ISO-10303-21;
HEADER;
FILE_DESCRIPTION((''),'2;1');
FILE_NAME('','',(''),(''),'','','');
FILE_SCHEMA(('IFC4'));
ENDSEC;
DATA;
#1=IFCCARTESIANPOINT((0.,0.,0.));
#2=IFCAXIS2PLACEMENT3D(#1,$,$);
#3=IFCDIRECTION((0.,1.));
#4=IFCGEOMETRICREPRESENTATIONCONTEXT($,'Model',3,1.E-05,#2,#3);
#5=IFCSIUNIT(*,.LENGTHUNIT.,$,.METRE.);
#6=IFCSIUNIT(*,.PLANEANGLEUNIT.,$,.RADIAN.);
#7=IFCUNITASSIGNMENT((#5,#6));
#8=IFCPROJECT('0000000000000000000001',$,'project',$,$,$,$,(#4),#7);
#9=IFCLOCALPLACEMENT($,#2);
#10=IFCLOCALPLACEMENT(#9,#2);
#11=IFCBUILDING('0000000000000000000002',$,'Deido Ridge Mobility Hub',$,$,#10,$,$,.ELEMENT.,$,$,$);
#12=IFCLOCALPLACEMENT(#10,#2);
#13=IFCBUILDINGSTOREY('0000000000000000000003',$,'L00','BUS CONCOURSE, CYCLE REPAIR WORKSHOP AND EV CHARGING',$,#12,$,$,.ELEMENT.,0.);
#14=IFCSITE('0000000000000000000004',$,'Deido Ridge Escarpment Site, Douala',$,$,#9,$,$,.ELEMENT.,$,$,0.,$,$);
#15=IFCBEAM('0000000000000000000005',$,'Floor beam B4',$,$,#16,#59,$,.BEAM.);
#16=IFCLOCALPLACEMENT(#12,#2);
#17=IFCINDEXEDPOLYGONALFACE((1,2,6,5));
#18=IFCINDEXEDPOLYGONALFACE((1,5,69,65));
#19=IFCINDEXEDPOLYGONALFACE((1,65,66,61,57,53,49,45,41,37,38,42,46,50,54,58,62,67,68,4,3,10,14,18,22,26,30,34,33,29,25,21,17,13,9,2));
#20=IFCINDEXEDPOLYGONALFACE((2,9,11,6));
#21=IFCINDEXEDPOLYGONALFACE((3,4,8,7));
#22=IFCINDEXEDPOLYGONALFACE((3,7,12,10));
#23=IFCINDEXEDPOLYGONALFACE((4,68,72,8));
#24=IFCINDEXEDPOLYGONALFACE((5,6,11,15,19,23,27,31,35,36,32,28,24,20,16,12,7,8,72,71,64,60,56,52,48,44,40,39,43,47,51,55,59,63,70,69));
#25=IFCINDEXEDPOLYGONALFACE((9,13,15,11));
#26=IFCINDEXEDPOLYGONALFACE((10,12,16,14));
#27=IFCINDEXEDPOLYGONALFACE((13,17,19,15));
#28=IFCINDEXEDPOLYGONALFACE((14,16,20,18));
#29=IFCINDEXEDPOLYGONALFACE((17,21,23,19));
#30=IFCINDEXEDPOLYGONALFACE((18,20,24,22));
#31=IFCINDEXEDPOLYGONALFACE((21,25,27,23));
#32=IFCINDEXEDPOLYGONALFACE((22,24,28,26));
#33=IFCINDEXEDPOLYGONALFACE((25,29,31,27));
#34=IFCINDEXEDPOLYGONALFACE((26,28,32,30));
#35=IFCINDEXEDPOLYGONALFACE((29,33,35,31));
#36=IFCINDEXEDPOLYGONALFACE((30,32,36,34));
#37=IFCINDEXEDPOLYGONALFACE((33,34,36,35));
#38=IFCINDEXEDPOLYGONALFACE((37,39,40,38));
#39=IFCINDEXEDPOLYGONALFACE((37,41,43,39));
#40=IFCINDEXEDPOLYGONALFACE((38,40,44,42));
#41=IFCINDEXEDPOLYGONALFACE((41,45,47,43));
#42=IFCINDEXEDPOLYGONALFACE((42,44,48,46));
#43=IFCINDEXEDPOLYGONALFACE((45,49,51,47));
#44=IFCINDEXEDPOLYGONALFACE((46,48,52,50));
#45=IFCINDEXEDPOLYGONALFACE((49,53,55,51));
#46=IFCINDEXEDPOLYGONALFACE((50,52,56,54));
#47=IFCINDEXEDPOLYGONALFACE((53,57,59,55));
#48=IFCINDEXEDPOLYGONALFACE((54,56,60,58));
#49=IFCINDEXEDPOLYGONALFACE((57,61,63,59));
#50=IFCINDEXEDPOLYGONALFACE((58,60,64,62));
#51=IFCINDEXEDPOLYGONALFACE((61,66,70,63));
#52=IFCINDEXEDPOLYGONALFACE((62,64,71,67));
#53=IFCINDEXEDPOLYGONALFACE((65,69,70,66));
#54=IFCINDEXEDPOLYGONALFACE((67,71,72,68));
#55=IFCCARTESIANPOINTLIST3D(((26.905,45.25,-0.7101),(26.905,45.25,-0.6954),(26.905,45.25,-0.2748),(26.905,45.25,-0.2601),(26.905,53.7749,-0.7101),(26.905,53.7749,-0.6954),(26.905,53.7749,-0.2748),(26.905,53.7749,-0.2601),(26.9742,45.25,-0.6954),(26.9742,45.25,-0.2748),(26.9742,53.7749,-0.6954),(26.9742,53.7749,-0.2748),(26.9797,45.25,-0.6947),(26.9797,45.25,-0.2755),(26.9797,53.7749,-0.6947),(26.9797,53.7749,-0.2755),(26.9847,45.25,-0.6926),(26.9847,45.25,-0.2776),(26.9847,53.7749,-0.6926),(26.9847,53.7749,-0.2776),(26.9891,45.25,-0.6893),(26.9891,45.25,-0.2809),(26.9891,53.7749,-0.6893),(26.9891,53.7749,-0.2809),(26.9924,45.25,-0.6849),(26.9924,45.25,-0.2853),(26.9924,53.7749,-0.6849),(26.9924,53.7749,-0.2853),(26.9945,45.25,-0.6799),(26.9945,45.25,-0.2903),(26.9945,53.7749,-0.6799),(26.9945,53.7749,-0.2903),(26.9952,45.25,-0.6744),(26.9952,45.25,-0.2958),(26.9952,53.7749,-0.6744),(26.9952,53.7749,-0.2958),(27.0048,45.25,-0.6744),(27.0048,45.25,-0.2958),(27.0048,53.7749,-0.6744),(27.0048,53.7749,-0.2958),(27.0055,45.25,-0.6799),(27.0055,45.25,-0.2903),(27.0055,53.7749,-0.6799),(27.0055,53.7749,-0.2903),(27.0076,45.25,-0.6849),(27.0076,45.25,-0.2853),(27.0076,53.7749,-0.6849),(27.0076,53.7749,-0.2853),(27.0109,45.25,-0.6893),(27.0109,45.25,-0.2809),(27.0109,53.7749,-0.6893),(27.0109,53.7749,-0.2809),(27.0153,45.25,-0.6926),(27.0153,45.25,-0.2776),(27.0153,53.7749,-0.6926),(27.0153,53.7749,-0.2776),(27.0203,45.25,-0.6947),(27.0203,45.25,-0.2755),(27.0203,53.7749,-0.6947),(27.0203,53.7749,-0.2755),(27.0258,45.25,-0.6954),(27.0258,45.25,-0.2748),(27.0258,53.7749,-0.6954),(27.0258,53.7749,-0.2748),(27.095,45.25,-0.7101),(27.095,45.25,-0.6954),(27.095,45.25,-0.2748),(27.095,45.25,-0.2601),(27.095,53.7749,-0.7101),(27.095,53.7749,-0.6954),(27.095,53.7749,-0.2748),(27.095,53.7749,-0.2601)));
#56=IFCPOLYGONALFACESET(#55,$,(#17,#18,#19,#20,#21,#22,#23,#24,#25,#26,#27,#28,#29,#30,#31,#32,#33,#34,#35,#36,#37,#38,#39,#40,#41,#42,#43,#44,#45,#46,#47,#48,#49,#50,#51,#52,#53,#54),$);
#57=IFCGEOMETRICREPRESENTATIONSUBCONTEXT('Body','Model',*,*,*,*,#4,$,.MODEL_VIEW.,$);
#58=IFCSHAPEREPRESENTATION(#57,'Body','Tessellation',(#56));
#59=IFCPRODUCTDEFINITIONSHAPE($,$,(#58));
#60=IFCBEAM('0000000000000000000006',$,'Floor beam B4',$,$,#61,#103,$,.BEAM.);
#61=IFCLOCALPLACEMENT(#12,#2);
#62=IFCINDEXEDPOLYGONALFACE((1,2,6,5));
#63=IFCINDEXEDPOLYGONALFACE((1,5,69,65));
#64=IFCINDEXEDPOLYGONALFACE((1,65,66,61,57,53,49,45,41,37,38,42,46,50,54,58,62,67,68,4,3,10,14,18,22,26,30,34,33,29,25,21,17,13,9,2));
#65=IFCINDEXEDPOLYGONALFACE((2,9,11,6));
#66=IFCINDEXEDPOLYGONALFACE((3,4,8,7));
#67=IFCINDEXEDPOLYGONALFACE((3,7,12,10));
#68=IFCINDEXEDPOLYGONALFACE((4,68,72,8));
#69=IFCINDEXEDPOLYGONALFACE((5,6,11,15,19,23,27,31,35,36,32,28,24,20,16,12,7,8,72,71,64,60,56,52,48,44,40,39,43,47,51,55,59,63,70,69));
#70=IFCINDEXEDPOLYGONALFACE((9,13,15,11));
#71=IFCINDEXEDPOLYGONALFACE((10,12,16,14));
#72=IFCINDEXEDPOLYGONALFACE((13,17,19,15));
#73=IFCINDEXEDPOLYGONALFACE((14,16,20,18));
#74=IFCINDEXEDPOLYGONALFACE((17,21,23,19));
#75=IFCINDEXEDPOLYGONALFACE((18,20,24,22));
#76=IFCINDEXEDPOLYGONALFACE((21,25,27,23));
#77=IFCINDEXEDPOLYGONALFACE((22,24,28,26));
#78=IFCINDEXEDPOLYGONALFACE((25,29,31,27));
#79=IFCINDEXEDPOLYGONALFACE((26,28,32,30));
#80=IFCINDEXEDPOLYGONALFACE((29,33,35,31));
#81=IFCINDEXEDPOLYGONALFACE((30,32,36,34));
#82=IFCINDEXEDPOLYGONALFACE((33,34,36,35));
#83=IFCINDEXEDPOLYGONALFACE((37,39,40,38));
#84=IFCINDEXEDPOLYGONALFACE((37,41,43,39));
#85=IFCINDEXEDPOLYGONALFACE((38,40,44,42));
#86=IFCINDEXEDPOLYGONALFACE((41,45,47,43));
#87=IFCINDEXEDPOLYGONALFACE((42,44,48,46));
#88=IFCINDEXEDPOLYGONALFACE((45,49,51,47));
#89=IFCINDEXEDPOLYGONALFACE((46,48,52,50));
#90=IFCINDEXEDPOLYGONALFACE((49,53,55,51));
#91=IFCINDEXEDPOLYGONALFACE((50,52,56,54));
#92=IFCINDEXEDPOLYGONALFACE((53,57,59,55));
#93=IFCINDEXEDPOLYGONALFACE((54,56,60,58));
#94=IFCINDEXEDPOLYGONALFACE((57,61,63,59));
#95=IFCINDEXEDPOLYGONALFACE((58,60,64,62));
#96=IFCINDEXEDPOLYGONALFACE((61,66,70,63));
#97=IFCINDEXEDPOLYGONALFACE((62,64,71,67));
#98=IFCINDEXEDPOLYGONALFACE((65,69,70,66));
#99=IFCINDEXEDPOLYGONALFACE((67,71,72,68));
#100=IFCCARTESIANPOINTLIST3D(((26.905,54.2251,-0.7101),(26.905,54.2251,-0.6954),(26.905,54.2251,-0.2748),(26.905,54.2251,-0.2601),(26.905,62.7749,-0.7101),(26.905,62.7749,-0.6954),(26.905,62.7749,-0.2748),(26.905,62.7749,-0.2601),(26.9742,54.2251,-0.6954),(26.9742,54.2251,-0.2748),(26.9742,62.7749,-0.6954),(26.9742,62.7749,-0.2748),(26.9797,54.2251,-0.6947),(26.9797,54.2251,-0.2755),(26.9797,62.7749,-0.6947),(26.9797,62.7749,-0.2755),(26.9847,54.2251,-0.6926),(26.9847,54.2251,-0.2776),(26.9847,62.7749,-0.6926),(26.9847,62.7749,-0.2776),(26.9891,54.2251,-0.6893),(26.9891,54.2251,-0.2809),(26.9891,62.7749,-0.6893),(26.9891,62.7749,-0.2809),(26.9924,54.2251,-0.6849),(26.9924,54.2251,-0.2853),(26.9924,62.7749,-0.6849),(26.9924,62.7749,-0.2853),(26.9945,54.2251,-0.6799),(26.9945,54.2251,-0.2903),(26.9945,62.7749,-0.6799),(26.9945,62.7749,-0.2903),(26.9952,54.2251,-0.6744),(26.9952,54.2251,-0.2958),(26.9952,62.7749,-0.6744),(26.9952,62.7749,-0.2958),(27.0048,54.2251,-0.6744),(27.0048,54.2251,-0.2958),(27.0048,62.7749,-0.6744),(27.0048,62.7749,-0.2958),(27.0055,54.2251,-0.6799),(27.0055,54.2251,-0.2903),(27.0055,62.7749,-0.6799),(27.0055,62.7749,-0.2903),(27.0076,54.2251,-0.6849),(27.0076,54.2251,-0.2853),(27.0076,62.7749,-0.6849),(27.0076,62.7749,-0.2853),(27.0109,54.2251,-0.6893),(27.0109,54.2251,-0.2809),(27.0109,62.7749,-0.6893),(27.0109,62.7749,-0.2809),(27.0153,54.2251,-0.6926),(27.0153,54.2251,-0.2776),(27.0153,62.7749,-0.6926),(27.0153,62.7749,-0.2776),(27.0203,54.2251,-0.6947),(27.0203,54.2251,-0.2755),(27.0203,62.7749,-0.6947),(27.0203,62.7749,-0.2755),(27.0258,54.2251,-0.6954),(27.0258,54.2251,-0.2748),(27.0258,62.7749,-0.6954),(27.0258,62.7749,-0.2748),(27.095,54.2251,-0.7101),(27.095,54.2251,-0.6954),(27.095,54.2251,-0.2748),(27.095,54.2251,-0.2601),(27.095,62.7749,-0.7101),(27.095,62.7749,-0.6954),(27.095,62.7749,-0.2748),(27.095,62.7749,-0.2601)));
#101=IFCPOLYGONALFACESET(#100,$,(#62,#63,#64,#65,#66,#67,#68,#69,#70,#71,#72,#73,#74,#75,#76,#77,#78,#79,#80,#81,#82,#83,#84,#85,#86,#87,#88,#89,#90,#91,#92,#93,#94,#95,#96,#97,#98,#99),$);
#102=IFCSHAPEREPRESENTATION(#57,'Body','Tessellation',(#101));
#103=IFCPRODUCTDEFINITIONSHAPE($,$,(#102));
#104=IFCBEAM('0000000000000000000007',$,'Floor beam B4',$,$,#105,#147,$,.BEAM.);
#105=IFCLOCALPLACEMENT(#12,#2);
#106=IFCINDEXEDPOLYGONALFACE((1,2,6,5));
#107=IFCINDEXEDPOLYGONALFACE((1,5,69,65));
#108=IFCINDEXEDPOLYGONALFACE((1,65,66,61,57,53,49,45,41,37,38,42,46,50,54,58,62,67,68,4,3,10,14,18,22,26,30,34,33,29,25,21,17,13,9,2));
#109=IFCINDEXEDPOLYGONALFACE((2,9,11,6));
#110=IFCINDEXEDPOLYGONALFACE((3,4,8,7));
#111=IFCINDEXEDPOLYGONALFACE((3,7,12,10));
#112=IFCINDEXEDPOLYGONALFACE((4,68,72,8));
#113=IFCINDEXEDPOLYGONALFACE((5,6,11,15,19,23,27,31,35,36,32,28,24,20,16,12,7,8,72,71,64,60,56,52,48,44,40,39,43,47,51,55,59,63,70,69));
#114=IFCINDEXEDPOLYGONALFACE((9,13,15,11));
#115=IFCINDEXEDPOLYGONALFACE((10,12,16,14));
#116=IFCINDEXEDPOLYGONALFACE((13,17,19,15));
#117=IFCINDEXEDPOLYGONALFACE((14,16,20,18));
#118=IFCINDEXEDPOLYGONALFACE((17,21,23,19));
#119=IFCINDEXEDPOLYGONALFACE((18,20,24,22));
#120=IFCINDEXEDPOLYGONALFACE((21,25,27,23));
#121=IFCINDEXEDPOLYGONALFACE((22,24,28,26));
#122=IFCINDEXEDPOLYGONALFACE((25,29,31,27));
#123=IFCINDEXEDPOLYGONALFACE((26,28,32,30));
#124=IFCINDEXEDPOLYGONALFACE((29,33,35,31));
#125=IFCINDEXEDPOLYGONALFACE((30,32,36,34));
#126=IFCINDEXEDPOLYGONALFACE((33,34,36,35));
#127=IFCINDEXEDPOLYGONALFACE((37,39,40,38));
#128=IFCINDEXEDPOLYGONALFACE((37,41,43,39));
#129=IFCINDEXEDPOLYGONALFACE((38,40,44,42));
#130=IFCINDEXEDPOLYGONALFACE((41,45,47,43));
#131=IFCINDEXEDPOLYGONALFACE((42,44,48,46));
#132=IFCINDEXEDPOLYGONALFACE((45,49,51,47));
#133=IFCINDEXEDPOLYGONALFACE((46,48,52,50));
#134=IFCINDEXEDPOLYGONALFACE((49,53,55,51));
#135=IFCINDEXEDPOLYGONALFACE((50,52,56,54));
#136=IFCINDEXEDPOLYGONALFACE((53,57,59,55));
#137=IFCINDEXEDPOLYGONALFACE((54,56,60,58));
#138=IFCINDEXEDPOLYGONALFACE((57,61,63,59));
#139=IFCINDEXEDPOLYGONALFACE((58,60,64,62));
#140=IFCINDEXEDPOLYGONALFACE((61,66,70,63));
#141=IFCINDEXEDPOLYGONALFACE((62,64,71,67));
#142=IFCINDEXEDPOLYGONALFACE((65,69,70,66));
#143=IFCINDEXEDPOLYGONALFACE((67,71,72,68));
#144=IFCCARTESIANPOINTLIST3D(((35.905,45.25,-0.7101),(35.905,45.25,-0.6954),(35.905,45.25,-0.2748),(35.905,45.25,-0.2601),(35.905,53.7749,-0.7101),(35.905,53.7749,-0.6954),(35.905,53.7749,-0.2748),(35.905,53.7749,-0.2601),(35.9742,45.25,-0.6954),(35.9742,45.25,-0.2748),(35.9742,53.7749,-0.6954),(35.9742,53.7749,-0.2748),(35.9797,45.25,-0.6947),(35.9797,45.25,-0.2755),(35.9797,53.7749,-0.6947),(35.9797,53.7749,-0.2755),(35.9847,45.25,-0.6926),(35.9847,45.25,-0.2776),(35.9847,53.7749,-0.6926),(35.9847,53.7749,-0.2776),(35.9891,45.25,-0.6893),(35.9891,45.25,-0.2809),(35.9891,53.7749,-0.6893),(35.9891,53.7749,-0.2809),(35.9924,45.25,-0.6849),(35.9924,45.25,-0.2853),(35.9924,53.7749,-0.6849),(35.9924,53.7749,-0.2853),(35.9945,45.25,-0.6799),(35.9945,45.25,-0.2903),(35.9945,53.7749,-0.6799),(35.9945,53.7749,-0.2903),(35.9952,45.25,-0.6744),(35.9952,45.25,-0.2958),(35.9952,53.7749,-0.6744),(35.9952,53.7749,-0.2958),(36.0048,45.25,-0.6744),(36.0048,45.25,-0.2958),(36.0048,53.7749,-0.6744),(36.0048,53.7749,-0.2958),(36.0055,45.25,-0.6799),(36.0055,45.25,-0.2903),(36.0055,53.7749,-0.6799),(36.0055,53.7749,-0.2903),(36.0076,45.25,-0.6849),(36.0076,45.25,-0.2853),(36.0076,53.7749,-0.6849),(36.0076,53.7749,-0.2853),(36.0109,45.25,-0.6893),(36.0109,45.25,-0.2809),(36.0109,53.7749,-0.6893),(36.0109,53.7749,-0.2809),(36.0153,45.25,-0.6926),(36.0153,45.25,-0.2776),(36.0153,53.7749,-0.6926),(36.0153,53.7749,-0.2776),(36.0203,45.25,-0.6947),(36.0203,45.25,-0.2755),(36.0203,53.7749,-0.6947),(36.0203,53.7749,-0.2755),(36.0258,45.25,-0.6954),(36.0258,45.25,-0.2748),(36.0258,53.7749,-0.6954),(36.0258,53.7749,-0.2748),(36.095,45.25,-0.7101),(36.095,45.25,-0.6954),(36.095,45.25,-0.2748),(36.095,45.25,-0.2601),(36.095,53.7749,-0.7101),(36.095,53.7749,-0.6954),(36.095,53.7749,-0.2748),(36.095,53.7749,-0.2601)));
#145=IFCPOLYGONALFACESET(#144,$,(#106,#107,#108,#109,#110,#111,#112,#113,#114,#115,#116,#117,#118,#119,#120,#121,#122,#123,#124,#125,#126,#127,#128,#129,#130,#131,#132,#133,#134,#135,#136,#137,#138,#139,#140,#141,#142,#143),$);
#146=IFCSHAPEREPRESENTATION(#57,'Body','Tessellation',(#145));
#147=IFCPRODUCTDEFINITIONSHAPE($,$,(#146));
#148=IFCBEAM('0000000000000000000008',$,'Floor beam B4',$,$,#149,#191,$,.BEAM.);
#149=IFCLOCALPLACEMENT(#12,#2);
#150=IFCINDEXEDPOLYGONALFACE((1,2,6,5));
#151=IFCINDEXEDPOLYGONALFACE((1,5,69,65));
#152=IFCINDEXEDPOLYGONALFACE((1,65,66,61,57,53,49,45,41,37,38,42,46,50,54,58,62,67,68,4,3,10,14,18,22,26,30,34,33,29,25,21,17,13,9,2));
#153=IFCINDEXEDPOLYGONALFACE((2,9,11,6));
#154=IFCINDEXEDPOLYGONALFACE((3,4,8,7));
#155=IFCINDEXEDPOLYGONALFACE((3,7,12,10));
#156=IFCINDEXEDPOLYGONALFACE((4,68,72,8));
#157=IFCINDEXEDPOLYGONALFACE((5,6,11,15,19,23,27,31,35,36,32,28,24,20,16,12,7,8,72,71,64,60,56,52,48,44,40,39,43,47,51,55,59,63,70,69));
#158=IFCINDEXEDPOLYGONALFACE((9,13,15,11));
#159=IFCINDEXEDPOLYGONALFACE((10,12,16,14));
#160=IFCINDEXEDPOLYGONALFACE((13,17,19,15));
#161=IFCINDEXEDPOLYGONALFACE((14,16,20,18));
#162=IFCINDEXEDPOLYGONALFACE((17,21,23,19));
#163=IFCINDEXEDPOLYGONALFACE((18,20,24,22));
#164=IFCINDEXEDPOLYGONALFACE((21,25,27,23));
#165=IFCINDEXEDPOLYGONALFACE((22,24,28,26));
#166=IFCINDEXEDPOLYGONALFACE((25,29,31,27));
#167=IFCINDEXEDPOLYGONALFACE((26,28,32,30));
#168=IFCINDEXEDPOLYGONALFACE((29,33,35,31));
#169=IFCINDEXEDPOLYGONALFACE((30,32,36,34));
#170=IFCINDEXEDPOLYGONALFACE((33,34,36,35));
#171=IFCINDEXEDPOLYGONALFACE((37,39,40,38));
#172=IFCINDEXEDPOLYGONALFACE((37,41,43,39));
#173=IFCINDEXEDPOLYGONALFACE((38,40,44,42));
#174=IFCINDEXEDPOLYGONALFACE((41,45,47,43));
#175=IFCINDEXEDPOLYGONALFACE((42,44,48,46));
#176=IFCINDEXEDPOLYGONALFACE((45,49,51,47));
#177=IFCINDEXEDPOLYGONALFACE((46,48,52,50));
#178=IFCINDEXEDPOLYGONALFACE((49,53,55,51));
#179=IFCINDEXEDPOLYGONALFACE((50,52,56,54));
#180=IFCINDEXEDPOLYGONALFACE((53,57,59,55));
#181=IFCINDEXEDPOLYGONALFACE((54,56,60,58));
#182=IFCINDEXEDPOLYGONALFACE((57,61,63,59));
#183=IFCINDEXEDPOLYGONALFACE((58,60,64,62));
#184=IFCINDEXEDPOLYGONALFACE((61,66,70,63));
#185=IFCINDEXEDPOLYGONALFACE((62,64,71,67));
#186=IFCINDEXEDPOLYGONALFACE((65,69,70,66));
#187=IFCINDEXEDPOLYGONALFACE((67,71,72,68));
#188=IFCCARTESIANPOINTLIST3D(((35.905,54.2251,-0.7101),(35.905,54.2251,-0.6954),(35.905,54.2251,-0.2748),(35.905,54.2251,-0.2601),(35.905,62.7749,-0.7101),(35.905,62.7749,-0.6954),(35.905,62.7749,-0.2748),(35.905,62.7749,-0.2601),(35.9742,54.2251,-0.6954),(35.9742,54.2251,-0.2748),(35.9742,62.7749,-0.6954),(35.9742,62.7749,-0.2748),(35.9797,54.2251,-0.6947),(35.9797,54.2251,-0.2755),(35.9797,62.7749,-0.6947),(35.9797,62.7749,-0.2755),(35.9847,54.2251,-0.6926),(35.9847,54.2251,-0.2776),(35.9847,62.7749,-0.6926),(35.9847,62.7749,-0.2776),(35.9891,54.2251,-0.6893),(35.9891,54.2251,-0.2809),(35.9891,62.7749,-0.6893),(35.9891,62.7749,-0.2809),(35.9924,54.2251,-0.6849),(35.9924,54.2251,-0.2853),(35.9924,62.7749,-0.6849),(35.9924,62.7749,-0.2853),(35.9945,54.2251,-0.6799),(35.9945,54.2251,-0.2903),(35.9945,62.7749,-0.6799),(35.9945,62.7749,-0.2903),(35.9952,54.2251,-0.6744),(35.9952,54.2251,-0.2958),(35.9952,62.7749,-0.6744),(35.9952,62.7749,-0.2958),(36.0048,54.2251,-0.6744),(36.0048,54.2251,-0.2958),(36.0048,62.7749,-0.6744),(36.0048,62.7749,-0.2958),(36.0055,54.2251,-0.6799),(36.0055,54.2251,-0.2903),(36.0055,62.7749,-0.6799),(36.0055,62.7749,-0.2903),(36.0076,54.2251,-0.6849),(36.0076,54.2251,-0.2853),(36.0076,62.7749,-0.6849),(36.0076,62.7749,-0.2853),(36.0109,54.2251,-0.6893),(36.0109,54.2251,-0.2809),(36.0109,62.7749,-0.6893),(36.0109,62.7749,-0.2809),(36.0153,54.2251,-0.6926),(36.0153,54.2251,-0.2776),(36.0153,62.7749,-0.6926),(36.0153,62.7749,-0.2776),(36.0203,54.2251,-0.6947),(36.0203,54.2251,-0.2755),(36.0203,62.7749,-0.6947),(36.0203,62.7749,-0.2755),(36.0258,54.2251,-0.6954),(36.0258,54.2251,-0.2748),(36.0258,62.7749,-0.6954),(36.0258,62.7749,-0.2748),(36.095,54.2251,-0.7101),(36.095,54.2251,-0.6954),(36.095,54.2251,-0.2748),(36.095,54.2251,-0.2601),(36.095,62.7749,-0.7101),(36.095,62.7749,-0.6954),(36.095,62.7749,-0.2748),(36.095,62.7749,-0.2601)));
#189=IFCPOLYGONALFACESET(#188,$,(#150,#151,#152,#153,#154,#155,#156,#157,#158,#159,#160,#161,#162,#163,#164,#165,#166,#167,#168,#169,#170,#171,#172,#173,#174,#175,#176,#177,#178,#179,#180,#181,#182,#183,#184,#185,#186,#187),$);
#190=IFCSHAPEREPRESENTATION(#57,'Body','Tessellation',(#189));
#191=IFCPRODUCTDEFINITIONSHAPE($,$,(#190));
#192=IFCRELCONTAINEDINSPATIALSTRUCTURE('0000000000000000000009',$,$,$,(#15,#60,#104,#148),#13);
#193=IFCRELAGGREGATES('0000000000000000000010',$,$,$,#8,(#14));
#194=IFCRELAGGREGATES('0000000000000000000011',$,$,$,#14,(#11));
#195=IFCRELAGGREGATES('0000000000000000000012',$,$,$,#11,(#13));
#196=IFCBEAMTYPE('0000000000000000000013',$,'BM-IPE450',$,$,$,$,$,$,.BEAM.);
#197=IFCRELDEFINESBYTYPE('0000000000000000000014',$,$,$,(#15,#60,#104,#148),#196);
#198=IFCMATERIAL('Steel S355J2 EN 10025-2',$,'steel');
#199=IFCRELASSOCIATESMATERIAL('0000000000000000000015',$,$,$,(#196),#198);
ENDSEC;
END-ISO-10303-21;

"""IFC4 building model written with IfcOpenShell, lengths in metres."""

from ifc_helpers import new_model, si_unit, direction, frame, origin, origin_2d, place, context, subcontext, project, spatial, i_section, extrude, material, material_profile, profile_set, type_object, element, save


model = new_model("IFC4")

# Units and contexts
model_context = context("Model", 3, precision=1e-05, world=origin(), true_north=direction((0.0, 1.0)))
body_context = subcontext(model_context, "Body", "Model", "MODEL_VIEW")
ifc_project = project(units=[si_unit("LENGTHUNIT", "METRE"), si_unit("PLANEANGLEUNIT", "RADIAN")], contexts=[model_context])

# Site, building, storey
site_placement = place(None, origin())
site = spatial("IfcSite", under=ifc_project, at=site_placement, Name="Deido Ridge Escarpment Site, Douala", CompositionType="ELEMENT", RefElevation=0.0)
building_placement = place(site_placement, origin())
building = spatial("IfcBuilding", under=site, at=building_placement, Name="Deido Ridge Mobility Hub", CompositionType="ELEMENT")
storey_placement = place(building_placement, origin())
storey = spatial("IfcBuildingStorey", under=building, at=storey_placement, Name="L00", Description="BUS CONCOURSE, CYCLE REPAIR WORKSHOP AND EV CHARGING", CompositionType="ELEMENT", Elevation=0.0)

# Shared definitions
ifc_material_1 = material(Name="Steel S355J2 EN 10025-2", Category="steel")

# Beams
ifc_material_profile_1 = material_profile(ifc_material_1, i_section(OverallWidth=0.1899, OverallDepth=0.45, WebThickness=0.0095, FlangeThickness=0.0146, FilletRadius=0.021, at=origin_2d()), Name="IPE 450")
ifc_profile_set_1 = profile_set([ifc_material_profile_1], Name="Steel S355J2 EN 10025-2")
beam_type_1 = type_object("IfcBeamType", Name="BM-IPE450", PredefinedType="BEAM", material=ifc_profile_set_1)
beam_1_placement = place(storey_placement, frame((27.0, 45.25, -0.4851), z_axis=(0.0, 1.0, 0.0), x_axis=(-1.0, 0.0, 0.0)))
element("IfcBeam", 1, at=beam_1_placement, inside=storey, type_object=beam_type_1, Name="Floor beam B4", PredefinedType="BEAM", context=body_context, shape_type="SweptSolid", body=[
    extrude(i_section(OverallWidth=0.1899, OverallDepth=0.45, WebThickness=0.0095, FlangeThickness=0.0146, FilletRadius=0.021, at=origin_2d()), origin(), (0.0, 0.0, 1.0), 8.5249),
])
beam_2_placement = place(storey_placement, frame((27.0, 54.2251, -0.4851), z_axis=(0.0, 1.0, 0.0), x_axis=(-1.0, 0.0, 0.0)))
element("IfcBeam", 2, at=beam_2_placement, inside=storey, type_object=beam_type_1, Name="Floor beam B4", PredefinedType="BEAM", context=body_context, shape_type="SweptSolid", body=[
    extrude(i_section(OverallWidth=0.1899, OverallDepth=0.45, WebThickness=0.0095, FlangeThickness=0.0146, FilletRadius=0.021, at=origin_2d()), origin(), (0.0, 0.0, 1.0), 8.5498),
])
beam_3_placement = place(storey_placement, frame((36.0, 45.25, -0.4851), z_axis=(0.0, 1.0, 0.0), x_axis=(-1.0, 0.0, 0.0)))
element("IfcBeam", 3, at=beam_3_placement, inside=storey, type_object=beam_type_1, Name="Floor beam B4", PredefinedType="BEAM", context=body_context, shape_type="SweptSolid", body=[
    extrude(i_section(OverallWidth=0.1899, OverallDepth=0.45, WebThickness=0.0095, FlangeThickness=0.0146, FilletRadius=0.021, at=origin_2d()), origin(), (0.0, 0.0, 1.0), 8.5249),
])
beam_4_placement = place(storey_placement, frame((36.0, 54.2251, -0.4851), z_axis=(0.0, 1.0, 0.0), x_axis=(-1.0, 0.0, 0.0)))
element("IfcBeam", 4, at=beam_4_placement, inside=storey, type_object=beam_type_1, Name="Floor beam B4", PredefinedType="BEAM", context=body_context, shape_type="SweptSolid", body=[
    extrude(i_section(OverallWidth=0.1899, OverallDepth=0.45, WebThickness=0.0095, FlangeThickness=0.0146, FilletRadius=0.021, at=origin_2d()), origin(), (0.0, 0.0, 1.0), 8.5498),
])

save(model, "model.ifc")
